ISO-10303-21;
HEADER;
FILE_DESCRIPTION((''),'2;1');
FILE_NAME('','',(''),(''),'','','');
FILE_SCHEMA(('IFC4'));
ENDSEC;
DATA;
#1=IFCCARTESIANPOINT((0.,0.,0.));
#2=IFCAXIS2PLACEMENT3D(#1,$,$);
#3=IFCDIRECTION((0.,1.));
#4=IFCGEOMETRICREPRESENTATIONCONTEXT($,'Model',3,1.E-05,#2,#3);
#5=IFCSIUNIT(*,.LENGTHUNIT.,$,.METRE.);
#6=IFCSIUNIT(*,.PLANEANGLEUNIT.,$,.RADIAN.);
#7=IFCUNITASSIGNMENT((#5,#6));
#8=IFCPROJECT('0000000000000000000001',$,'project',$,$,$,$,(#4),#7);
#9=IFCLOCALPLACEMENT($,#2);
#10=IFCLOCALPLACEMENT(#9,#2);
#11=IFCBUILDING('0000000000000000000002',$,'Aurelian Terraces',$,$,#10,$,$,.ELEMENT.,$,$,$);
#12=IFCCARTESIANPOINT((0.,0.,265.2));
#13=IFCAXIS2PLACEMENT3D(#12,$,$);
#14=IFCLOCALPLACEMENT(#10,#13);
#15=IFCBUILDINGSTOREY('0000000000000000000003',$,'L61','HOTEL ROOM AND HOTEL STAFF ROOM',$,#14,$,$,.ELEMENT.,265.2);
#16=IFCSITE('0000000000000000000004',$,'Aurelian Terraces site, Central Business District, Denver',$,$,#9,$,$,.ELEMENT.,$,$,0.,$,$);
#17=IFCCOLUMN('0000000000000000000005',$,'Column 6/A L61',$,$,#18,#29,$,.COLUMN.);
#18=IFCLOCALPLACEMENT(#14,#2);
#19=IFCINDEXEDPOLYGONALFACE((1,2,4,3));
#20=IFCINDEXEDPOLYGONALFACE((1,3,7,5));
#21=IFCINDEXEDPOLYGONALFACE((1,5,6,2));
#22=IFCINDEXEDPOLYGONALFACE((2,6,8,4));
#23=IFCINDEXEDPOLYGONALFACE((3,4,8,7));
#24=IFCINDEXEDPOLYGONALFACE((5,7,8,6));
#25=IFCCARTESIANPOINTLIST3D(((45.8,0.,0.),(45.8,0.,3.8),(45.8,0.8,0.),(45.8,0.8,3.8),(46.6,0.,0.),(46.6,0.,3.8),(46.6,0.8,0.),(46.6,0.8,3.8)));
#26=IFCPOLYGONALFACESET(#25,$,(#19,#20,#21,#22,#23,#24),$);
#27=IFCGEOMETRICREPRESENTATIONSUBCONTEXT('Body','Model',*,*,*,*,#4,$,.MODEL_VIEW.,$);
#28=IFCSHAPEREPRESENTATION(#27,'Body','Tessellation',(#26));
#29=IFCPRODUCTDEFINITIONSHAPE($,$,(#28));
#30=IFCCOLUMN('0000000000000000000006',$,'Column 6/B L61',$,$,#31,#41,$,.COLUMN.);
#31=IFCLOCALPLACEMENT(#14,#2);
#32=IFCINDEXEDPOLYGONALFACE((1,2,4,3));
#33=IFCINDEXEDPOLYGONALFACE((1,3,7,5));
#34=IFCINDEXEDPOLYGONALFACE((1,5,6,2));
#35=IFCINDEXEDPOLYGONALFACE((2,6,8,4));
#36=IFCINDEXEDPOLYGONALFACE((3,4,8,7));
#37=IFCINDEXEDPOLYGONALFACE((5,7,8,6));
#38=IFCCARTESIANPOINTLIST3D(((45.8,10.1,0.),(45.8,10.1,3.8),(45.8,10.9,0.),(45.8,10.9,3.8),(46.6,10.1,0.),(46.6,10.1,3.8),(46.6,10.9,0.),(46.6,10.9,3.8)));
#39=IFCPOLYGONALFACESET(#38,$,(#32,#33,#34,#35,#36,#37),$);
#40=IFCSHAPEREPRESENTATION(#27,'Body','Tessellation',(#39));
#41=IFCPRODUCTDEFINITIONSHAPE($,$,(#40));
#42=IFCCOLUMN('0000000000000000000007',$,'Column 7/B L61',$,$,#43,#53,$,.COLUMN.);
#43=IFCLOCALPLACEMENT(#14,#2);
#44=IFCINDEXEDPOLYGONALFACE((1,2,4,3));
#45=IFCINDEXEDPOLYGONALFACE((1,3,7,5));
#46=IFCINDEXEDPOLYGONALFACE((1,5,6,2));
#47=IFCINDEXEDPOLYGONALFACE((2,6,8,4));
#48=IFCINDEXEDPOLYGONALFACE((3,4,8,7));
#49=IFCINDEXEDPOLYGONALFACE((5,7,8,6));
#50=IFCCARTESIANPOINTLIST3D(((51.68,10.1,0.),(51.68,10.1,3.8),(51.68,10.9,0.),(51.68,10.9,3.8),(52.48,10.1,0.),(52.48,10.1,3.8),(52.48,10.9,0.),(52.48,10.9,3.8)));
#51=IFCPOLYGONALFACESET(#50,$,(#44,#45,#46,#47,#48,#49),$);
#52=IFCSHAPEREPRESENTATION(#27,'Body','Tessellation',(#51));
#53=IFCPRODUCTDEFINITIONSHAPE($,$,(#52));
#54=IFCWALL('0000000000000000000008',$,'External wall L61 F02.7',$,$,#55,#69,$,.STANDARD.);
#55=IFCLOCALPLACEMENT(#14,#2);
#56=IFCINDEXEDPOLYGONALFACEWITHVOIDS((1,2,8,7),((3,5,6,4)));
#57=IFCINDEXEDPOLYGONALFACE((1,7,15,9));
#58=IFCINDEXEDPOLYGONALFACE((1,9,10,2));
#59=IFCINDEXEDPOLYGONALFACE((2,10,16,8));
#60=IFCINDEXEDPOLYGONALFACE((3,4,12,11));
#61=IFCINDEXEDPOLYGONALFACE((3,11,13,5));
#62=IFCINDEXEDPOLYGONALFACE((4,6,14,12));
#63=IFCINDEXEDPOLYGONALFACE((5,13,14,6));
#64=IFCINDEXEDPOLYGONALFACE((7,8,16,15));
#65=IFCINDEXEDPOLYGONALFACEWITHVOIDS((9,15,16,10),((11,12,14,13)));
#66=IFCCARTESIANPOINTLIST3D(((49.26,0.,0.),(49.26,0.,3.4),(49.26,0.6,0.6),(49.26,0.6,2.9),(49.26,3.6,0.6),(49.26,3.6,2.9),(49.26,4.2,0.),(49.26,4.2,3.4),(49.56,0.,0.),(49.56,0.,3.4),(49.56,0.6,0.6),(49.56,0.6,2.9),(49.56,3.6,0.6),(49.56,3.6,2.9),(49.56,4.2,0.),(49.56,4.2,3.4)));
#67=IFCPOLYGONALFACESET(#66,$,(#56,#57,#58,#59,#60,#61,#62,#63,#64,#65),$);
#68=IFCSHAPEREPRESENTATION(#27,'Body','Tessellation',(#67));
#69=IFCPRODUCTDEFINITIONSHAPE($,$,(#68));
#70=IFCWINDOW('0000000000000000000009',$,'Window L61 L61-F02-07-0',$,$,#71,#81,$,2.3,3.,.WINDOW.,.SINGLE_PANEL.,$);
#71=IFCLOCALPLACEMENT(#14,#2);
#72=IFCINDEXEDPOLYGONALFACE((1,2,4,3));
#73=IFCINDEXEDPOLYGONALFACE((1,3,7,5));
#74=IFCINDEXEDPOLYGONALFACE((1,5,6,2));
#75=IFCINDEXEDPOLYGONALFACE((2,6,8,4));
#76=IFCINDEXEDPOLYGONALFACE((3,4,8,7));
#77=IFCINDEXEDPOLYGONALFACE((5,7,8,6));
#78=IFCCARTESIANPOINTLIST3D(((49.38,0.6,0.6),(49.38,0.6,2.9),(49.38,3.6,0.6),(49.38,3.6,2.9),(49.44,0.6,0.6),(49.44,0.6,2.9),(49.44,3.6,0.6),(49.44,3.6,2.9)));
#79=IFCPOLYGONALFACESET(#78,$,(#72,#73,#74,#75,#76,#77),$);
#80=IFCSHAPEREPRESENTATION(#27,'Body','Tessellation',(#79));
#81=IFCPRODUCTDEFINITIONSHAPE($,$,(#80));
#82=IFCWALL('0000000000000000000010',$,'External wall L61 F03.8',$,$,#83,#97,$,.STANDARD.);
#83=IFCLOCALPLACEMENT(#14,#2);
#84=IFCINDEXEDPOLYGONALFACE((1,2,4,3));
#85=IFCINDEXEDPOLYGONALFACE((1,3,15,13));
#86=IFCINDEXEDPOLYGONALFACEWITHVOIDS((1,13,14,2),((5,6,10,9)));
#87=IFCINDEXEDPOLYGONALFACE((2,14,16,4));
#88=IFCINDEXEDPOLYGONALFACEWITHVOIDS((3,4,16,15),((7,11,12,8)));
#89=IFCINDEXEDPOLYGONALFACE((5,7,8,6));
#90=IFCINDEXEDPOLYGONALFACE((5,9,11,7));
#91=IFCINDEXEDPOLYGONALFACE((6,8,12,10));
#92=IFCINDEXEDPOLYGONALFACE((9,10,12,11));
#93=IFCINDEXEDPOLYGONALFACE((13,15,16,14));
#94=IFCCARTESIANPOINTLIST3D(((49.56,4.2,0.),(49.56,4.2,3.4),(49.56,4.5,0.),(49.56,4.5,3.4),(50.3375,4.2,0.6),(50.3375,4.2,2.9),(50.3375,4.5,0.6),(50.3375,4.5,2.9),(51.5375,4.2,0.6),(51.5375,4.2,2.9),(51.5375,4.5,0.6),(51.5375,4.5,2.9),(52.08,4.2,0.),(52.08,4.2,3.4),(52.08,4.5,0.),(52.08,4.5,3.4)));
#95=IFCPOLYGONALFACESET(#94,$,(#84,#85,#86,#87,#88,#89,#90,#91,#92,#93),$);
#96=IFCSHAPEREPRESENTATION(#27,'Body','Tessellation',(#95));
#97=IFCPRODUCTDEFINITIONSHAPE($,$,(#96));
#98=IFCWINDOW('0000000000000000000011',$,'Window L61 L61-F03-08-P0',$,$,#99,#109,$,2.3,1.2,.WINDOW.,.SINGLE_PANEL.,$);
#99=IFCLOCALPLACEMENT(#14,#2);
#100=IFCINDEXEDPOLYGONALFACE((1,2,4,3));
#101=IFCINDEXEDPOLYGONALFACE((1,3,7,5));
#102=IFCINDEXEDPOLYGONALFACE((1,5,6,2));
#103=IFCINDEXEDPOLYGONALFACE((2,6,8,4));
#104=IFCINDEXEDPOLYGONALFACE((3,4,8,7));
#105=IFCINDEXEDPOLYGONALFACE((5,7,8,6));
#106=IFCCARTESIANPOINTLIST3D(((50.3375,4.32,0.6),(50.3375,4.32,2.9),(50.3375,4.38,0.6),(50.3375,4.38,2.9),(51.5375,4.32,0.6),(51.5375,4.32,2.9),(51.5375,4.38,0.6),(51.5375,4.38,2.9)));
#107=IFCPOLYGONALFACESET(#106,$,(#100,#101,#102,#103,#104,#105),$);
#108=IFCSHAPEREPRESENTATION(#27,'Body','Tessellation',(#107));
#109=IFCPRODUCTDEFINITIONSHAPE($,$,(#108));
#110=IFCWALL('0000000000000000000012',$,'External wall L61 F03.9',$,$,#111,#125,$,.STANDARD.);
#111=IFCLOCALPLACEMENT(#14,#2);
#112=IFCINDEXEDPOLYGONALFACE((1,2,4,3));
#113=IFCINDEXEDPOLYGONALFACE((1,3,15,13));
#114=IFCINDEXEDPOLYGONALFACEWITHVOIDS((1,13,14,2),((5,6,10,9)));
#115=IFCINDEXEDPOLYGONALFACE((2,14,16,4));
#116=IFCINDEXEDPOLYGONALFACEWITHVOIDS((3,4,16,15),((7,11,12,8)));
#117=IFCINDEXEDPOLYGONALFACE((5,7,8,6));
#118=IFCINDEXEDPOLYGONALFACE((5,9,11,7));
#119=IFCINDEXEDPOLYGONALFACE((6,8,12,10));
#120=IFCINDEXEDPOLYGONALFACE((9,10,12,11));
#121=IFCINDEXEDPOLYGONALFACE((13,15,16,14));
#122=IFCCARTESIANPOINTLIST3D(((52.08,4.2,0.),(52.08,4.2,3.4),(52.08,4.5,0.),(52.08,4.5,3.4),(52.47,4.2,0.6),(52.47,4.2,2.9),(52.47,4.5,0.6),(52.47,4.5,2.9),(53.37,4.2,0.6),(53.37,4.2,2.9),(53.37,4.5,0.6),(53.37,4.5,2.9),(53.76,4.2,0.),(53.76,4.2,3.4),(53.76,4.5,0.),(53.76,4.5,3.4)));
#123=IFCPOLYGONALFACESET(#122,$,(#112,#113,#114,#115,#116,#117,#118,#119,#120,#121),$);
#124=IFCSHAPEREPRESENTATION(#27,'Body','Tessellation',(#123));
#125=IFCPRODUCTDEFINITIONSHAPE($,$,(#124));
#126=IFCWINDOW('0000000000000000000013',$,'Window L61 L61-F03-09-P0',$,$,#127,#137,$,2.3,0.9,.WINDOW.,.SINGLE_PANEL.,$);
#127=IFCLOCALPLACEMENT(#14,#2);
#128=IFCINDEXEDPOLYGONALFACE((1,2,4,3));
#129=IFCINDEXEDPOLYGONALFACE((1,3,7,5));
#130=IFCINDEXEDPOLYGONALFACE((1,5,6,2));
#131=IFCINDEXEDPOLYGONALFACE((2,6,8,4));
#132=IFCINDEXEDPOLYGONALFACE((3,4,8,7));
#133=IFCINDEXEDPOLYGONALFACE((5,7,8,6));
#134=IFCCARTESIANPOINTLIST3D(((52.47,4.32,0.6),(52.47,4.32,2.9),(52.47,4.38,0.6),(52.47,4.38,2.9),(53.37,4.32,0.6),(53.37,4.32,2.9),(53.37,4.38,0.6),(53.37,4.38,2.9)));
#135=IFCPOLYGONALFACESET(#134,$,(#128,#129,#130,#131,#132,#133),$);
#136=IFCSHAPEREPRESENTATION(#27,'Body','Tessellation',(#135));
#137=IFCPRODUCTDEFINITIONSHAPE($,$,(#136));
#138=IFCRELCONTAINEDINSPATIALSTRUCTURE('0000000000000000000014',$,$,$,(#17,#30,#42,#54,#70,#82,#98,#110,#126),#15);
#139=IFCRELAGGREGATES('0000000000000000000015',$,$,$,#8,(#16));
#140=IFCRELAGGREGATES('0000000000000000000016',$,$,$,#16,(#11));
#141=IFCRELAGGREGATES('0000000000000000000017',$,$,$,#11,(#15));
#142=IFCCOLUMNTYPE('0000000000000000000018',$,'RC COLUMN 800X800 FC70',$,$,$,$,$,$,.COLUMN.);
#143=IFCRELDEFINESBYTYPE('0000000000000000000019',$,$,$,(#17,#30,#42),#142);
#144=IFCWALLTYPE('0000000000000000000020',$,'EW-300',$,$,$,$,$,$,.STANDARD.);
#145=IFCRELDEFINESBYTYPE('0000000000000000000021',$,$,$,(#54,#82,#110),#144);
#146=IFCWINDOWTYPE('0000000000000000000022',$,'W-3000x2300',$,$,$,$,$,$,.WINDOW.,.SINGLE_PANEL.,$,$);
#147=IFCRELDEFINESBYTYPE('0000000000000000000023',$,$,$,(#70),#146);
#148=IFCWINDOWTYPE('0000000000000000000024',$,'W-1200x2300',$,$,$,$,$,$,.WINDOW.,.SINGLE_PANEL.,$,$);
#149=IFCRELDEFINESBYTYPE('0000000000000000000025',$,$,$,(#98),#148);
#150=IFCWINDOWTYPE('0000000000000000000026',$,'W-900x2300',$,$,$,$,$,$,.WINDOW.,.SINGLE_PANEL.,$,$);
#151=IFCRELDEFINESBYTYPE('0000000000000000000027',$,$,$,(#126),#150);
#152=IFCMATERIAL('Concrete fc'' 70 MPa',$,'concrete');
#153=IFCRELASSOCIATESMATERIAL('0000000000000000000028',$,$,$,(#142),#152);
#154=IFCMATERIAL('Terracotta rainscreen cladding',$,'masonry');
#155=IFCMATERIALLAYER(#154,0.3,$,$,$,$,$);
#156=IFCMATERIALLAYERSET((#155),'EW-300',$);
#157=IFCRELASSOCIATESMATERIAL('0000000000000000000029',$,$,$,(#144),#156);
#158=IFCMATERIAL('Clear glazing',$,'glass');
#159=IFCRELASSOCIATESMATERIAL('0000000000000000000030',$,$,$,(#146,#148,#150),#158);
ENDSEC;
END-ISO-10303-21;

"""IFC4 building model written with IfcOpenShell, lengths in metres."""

from ifc_helpers import new_model, si_unit, direction, frame, frame_2d, origin, origin_2d, place, context, subcontext, project, spatial, rectangle, extrude, source, transform, mapped, material, layer, layer_set, material_profile, profile_set, type_object, element, fill, save


model = new_model("IFC4")

# Units and contexts
model_context = context("Model", 3, precision=1e-05, world=origin(), true_north=direction((0.0, 1.0)))
body_context = subcontext(model_context, "Body", "Model", "MODEL_VIEW")
ifc_project = project(units=[si_unit("LENGTHUNIT", "METRE"), si_unit("PLANEANGLEUNIT", "RADIAN")], contexts=[model_context])

# Site, building, storey
site_placement = place(None, origin())
site = spatial("IfcSite", under=ifc_project, at=site_placement, Name="Aurelian Terraces site, Central Business District, Denver", CompositionType="ELEMENT", RefElevation=0.0)
building_placement = place(site_placement, origin())
building = spatial("IfcBuilding", under=site, at=building_placement, Name="Aurelian Terraces", CompositionType="ELEMENT")
storey_placement = place(building_placement, frame((0.0, 0.0, 265.2)))
storey = spatial("IfcBuildingStorey", under=building, at=storey_placement, Name="L61", Description="HOTEL ROOM AND HOTEL STAFF ROOM", CompositionType="ELEMENT", Elevation=265.2)

# Columns
ifc_material_1 = material(Name="Concrete fc' 70 MPa", Category="concrete")
ifc_material_profile = material_profile(ifc_material_1, rectangle(XDim=0.8, YDim=0.8, at=origin_2d()))
ifc_profile_set = profile_set([ifc_material_profile], Name="Concrete fc' 70 MPa")
column_type = type_object("IfcColumnType", Name="RC COLUMN 800X800 FC70", PredefinedType="COLUMN", material=ifc_profile_set)
shared_shape_1 = source(origin(), body_context, "Body", "SweptSolid", [
    extrude(rectangle(XDim=0.8, YDim=0.8, at=origin_2d()), origin(), (0.0, 0.0, 1.0), 3.8),
])
for number, where, z_axis, x_axis, name in (
    (1, (46.2, 0.4, 0.0), (0.0, 0.0, 1.0), (1.0, 0.0, 0.0), "Column 6/A L61"),
    (2, (46.2, 10.5, 0.0), (0.0, 0.0, 1.0), (1.0, 0.0, 0.0), "Column 6/B L61"),
    (3, (52.08, 10.5, 0.0), (0.0, 0.0, 1.0), (1.0, 0.0, 0.0), "Column 7/B L61"),
):
    element("IfcColumn", number, at=place(storey_placement, frame(where, z_axis=z_axis, x_axis=x_axis)), inside=storey, type_object=column_type, Name=name, PredefinedType="COLUMN", context=body_context, shape_type="MappedRepresentation", body=[
        mapped(shared_shape_1, transform((0.0, 0.0, 0.0), scale=1.0)),
    ])

# Walls, openings, windows
ifc_material_2 = material(Name="Terracotta rainscreen cladding", Category="masonry")
ifc_layer_1 = layer(ifc_material_2, 0.3)
ifc_layer_set_1 = layer_set([ifc_layer_1], Name="EW-300")
wall_type_1 = type_object("IfcWallType", Name="EW-300", PredefinedType="STANDARD", material=ifc_layer_set_1)
shared_shape_2 = source(origin(), body_context, "Body", "SweptSolid", [
    extrude(rectangle(XDim=4.2, YDim=0.3, at=frame_2d((2.1, 0.0))), origin(), (0.0, 0.0, 1.0), 3.4),
])
wall_1_placement = place(storey_placement, frame((49.41, 0.0, 0.0), z_axis=(0.0, 0.0, 1.0), x_axis=(0.0, 1.0, 0.0)))
wall_1 = element("IfcWall", 4, at=wall_1_placement, inside=storey, type_object=wall_type_1, Name="External wall L61 F02.7", PredefinedType="STANDARD", context=body_context, shape_type="MappedRepresentation", body=[
    mapped(shared_shape_2, transform((0.0, 0.0, 0.0), scale=1.0)),
])
shared_shape_3 = source(origin(), body_context, "Body", "SweptSolid", [
    extrude(rectangle(XDim=3.0, YDim=2.3, at=frame_2d((1.5, 1.15))), frame((0.0, 0.16, 0.0), z_axis=(0.0, -1.0, 0.0), x_axis=(1.0, 0.0, 0.0)), (0.0, 0.0, 1.0), 0.32),
])
opening_1_placement = place(wall_1_placement, frame((0.6, 0.0, 0.6)))
opening_1 = element("IfcOpeningElement", 5, at=opening_1_placement, cuts=wall_1, PredefinedType="OPENING", context=body_context, shape_type="MappedRepresentation", body=[
    mapped(shared_shape_3, transform((0.0, 0.0, 0.0), scale=1.0)),
])
ifc_material_3 = material(Name="Clear glazing", Category="glass")
window_type_1 = type_object("IfcWindowType", Name="W-3000x2300", PartitioningType="SINGLE_PANEL", PredefinedType="WINDOW", material=ifc_material_3)
shared_shape_4 = source(origin(), body_context, "Body", "SweptSolid", [
    extrude(rectangle(XDim=3.0, YDim=2.3, at=frame_2d((1.5, 1.15))), frame((0.0, 0.03, 0.0), z_axis=(0.0, -1.0, 0.0), x_axis=(1.0, 0.0, 0.0)), (0.0, 0.0, 1.0), 0.06),
])
window_1_placement = place(opening_1_placement, origin())
window_1 = element("IfcWindow", 6, at=window_1_placement, inside=storey, type_object=window_type_1, Name="Window L61 L61-F02-07-0", OverallHeight=2.3, OverallWidth=3.0, PartitioningType="SINGLE_PANEL", PredefinedType="WINDOW", context=body_context, shape_type="MappedRepresentation", body=[
    mapped(shared_shape_4, transform((0.0, 0.0, 0.0), scale=1.0)),
])
fill(opening_1, window_1)
shared_shape_5 = source(origin(), body_context, "Body", "SweptSolid", [
    extrude(rectangle(XDim=2.52, YDim=0.3, at=frame_2d((1.26, 0.0))), origin(), (0.0, 0.0, 1.0), 3.4),
])
wall_2_placement = place(storey_placement, frame((49.56, 4.35, 0.0), z_axis=(0.0, 0.0, 1.0), x_axis=(1.0, 0.0, 0.0)))
wall_2 = element("IfcWall", 7, at=wall_2_placement, inside=storey, type_object=wall_type_1, Name="External wall L61 F03.8", PredefinedType="STANDARD", context=body_context, shape_type="MappedRepresentation", body=[
    mapped(shared_shape_5, transform((0.0, 0.0, 0.0), scale=1.0)),
])
shared_shape_6 = source(origin(), body_context, "Body", "SweptSolid", [
    extrude(rectangle(XDim=1.2, YDim=2.3, at=frame_2d((0.6, 1.15))), frame((0.0, 0.16, 0.0), z_axis=(0.0, -1.0, 0.0), x_axis=(1.0, 0.0, 0.0)), (0.0, 0.0, 1.0), 0.32),
])
opening_2_placement = place(wall_2_placement, frame((0.7775, 0.0, 0.6)))
opening_2 = element("IfcOpeningElement", 8, at=opening_2_placement, cuts=wall_2, PredefinedType="OPENING", context=body_context, shape_type="MappedRepresentation", body=[
    mapped(shared_shape_6, transform((0.0, 0.0, 0.0), scale=1.0)),
])
window_type_2 = type_object("IfcWindowType", Name="W-1200x2300", PartitioningType="SINGLE_PANEL", PredefinedType="WINDOW", material=ifc_material_3)
shared_shape_7 = source(origin(), body_context, "Body", "SweptSolid", [
    extrude(rectangle(XDim=1.2, YDim=2.3, at=frame_2d((0.6, 1.15))), frame((0.0, 0.03, 0.0), z_axis=(0.0, -1.0, 0.0), x_axis=(1.0, 0.0, 0.0)), (0.0, 0.0, 1.0), 0.06),
])
window_2_placement = place(opening_2_placement, origin())
window_2 = element("IfcWindow", 9, at=window_2_placement, inside=storey, type_object=window_type_2, Name="Window L61 L61-F03-08-P0", OverallHeight=2.3, OverallWidth=1.2, PartitioningType="SINGLE_PANEL", PredefinedType="WINDOW", context=body_context, shape_type="MappedRepresentation", body=[
    mapped(shared_shape_7, transform((0.0, 0.0, 0.0), scale=1.0)),
])
fill(opening_2, window_2)
shared_shape_8 = source(origin(), body_context, "Body", "SweptSolid", [
    extrude(rectangle(XDim=1.68, YDim=0.3, at=frame_2d((0.84, 0.0))), origin(), (0.0, 0.0, 1.0), 3.4),
])
wall_3_placement = place(storey_placement, frame((52.08, 4.35, 0.0), z_axis=(0.0, 0.0, 1.0), x_axis=(1.0, 0.0, 0.0)))
wall_3 = element("IfcWall", 10, at=wall_3_placement, inside=storey, type_object=wall_type_1, Name="External wall L61 F03.9", PredefinedType="STANDARD", context=body_context, shape_type="MappedRepresentation", body=[
    mapped(shared_shape_8, transform((0.0, 0.0, 0.0), scale=1.0)),
])
shared_shape_9 = source(origin(), body_context, "Body", "SweptSolid", [
    extrude(rectangle(XDim=0.9, YDim=2.3, at=frame_2d((0.45, 1.15))), frame((0.0, 0.16, 0.0), z_axis=(0.0, -1.0, 0.0), x_axis=(1.0, 0.0, 0.0)), (0.0, 0.0, 1.0), 0.32),
])
opening_3_placement = place(wall_3_placement, frame((0.39, 0.0, 0.6)))
opening_3 = element("IfcOpeningElement", 11, at=opening_3_placement, cuts=wall_3, PredefinedType="OPENING", context=body_context, shape_type="MappedRepresentation", body=[
    mapped(shared_shape_9, transform((0.0, 0.0, 0.0), scale=1.0)),
])
window_type_3 = type_object("IfcWindowType", Name="W-900x2300", PartitioningType="SINGLE_PANEL", PredefinedType="WINDOW", material=ifc_material_3)
shared_shape_10 = source(origin(), body_context, "Body", "SweptSolid", [
    extrude(rectangle(XDim=0.9, YDim=2.3, at=frame_2d((0.45, 1.15))), frame((0.0, 0.03, 0.0), z_axis=(0.0, -1.0, 0.0), x_axis=(1.0, 0.0, 0.0)), (0.0, 0.0, 1.0), 0.06),
])
window_3_placement = place(opening_3_placement, origin())
window_3 = element("IfcWindow", 12, at=window_3_placement, inside=storey, type_object=window_type_3, Name="Window L61 L61-F03-09-P0", OverallHeight=2.3, OverallWidth=0.9, PartitioningType="SINGLE_PANEL", PredefinedType="WINDOW", context=body_context, shape_type="MappedRepresentation", body=[
    mapped(shared_shape_10, transform((0.0, 0.0, 0.0), scale=1.0)),
])
fill(opening_3, window_3)

save(model, "model.ifc")
